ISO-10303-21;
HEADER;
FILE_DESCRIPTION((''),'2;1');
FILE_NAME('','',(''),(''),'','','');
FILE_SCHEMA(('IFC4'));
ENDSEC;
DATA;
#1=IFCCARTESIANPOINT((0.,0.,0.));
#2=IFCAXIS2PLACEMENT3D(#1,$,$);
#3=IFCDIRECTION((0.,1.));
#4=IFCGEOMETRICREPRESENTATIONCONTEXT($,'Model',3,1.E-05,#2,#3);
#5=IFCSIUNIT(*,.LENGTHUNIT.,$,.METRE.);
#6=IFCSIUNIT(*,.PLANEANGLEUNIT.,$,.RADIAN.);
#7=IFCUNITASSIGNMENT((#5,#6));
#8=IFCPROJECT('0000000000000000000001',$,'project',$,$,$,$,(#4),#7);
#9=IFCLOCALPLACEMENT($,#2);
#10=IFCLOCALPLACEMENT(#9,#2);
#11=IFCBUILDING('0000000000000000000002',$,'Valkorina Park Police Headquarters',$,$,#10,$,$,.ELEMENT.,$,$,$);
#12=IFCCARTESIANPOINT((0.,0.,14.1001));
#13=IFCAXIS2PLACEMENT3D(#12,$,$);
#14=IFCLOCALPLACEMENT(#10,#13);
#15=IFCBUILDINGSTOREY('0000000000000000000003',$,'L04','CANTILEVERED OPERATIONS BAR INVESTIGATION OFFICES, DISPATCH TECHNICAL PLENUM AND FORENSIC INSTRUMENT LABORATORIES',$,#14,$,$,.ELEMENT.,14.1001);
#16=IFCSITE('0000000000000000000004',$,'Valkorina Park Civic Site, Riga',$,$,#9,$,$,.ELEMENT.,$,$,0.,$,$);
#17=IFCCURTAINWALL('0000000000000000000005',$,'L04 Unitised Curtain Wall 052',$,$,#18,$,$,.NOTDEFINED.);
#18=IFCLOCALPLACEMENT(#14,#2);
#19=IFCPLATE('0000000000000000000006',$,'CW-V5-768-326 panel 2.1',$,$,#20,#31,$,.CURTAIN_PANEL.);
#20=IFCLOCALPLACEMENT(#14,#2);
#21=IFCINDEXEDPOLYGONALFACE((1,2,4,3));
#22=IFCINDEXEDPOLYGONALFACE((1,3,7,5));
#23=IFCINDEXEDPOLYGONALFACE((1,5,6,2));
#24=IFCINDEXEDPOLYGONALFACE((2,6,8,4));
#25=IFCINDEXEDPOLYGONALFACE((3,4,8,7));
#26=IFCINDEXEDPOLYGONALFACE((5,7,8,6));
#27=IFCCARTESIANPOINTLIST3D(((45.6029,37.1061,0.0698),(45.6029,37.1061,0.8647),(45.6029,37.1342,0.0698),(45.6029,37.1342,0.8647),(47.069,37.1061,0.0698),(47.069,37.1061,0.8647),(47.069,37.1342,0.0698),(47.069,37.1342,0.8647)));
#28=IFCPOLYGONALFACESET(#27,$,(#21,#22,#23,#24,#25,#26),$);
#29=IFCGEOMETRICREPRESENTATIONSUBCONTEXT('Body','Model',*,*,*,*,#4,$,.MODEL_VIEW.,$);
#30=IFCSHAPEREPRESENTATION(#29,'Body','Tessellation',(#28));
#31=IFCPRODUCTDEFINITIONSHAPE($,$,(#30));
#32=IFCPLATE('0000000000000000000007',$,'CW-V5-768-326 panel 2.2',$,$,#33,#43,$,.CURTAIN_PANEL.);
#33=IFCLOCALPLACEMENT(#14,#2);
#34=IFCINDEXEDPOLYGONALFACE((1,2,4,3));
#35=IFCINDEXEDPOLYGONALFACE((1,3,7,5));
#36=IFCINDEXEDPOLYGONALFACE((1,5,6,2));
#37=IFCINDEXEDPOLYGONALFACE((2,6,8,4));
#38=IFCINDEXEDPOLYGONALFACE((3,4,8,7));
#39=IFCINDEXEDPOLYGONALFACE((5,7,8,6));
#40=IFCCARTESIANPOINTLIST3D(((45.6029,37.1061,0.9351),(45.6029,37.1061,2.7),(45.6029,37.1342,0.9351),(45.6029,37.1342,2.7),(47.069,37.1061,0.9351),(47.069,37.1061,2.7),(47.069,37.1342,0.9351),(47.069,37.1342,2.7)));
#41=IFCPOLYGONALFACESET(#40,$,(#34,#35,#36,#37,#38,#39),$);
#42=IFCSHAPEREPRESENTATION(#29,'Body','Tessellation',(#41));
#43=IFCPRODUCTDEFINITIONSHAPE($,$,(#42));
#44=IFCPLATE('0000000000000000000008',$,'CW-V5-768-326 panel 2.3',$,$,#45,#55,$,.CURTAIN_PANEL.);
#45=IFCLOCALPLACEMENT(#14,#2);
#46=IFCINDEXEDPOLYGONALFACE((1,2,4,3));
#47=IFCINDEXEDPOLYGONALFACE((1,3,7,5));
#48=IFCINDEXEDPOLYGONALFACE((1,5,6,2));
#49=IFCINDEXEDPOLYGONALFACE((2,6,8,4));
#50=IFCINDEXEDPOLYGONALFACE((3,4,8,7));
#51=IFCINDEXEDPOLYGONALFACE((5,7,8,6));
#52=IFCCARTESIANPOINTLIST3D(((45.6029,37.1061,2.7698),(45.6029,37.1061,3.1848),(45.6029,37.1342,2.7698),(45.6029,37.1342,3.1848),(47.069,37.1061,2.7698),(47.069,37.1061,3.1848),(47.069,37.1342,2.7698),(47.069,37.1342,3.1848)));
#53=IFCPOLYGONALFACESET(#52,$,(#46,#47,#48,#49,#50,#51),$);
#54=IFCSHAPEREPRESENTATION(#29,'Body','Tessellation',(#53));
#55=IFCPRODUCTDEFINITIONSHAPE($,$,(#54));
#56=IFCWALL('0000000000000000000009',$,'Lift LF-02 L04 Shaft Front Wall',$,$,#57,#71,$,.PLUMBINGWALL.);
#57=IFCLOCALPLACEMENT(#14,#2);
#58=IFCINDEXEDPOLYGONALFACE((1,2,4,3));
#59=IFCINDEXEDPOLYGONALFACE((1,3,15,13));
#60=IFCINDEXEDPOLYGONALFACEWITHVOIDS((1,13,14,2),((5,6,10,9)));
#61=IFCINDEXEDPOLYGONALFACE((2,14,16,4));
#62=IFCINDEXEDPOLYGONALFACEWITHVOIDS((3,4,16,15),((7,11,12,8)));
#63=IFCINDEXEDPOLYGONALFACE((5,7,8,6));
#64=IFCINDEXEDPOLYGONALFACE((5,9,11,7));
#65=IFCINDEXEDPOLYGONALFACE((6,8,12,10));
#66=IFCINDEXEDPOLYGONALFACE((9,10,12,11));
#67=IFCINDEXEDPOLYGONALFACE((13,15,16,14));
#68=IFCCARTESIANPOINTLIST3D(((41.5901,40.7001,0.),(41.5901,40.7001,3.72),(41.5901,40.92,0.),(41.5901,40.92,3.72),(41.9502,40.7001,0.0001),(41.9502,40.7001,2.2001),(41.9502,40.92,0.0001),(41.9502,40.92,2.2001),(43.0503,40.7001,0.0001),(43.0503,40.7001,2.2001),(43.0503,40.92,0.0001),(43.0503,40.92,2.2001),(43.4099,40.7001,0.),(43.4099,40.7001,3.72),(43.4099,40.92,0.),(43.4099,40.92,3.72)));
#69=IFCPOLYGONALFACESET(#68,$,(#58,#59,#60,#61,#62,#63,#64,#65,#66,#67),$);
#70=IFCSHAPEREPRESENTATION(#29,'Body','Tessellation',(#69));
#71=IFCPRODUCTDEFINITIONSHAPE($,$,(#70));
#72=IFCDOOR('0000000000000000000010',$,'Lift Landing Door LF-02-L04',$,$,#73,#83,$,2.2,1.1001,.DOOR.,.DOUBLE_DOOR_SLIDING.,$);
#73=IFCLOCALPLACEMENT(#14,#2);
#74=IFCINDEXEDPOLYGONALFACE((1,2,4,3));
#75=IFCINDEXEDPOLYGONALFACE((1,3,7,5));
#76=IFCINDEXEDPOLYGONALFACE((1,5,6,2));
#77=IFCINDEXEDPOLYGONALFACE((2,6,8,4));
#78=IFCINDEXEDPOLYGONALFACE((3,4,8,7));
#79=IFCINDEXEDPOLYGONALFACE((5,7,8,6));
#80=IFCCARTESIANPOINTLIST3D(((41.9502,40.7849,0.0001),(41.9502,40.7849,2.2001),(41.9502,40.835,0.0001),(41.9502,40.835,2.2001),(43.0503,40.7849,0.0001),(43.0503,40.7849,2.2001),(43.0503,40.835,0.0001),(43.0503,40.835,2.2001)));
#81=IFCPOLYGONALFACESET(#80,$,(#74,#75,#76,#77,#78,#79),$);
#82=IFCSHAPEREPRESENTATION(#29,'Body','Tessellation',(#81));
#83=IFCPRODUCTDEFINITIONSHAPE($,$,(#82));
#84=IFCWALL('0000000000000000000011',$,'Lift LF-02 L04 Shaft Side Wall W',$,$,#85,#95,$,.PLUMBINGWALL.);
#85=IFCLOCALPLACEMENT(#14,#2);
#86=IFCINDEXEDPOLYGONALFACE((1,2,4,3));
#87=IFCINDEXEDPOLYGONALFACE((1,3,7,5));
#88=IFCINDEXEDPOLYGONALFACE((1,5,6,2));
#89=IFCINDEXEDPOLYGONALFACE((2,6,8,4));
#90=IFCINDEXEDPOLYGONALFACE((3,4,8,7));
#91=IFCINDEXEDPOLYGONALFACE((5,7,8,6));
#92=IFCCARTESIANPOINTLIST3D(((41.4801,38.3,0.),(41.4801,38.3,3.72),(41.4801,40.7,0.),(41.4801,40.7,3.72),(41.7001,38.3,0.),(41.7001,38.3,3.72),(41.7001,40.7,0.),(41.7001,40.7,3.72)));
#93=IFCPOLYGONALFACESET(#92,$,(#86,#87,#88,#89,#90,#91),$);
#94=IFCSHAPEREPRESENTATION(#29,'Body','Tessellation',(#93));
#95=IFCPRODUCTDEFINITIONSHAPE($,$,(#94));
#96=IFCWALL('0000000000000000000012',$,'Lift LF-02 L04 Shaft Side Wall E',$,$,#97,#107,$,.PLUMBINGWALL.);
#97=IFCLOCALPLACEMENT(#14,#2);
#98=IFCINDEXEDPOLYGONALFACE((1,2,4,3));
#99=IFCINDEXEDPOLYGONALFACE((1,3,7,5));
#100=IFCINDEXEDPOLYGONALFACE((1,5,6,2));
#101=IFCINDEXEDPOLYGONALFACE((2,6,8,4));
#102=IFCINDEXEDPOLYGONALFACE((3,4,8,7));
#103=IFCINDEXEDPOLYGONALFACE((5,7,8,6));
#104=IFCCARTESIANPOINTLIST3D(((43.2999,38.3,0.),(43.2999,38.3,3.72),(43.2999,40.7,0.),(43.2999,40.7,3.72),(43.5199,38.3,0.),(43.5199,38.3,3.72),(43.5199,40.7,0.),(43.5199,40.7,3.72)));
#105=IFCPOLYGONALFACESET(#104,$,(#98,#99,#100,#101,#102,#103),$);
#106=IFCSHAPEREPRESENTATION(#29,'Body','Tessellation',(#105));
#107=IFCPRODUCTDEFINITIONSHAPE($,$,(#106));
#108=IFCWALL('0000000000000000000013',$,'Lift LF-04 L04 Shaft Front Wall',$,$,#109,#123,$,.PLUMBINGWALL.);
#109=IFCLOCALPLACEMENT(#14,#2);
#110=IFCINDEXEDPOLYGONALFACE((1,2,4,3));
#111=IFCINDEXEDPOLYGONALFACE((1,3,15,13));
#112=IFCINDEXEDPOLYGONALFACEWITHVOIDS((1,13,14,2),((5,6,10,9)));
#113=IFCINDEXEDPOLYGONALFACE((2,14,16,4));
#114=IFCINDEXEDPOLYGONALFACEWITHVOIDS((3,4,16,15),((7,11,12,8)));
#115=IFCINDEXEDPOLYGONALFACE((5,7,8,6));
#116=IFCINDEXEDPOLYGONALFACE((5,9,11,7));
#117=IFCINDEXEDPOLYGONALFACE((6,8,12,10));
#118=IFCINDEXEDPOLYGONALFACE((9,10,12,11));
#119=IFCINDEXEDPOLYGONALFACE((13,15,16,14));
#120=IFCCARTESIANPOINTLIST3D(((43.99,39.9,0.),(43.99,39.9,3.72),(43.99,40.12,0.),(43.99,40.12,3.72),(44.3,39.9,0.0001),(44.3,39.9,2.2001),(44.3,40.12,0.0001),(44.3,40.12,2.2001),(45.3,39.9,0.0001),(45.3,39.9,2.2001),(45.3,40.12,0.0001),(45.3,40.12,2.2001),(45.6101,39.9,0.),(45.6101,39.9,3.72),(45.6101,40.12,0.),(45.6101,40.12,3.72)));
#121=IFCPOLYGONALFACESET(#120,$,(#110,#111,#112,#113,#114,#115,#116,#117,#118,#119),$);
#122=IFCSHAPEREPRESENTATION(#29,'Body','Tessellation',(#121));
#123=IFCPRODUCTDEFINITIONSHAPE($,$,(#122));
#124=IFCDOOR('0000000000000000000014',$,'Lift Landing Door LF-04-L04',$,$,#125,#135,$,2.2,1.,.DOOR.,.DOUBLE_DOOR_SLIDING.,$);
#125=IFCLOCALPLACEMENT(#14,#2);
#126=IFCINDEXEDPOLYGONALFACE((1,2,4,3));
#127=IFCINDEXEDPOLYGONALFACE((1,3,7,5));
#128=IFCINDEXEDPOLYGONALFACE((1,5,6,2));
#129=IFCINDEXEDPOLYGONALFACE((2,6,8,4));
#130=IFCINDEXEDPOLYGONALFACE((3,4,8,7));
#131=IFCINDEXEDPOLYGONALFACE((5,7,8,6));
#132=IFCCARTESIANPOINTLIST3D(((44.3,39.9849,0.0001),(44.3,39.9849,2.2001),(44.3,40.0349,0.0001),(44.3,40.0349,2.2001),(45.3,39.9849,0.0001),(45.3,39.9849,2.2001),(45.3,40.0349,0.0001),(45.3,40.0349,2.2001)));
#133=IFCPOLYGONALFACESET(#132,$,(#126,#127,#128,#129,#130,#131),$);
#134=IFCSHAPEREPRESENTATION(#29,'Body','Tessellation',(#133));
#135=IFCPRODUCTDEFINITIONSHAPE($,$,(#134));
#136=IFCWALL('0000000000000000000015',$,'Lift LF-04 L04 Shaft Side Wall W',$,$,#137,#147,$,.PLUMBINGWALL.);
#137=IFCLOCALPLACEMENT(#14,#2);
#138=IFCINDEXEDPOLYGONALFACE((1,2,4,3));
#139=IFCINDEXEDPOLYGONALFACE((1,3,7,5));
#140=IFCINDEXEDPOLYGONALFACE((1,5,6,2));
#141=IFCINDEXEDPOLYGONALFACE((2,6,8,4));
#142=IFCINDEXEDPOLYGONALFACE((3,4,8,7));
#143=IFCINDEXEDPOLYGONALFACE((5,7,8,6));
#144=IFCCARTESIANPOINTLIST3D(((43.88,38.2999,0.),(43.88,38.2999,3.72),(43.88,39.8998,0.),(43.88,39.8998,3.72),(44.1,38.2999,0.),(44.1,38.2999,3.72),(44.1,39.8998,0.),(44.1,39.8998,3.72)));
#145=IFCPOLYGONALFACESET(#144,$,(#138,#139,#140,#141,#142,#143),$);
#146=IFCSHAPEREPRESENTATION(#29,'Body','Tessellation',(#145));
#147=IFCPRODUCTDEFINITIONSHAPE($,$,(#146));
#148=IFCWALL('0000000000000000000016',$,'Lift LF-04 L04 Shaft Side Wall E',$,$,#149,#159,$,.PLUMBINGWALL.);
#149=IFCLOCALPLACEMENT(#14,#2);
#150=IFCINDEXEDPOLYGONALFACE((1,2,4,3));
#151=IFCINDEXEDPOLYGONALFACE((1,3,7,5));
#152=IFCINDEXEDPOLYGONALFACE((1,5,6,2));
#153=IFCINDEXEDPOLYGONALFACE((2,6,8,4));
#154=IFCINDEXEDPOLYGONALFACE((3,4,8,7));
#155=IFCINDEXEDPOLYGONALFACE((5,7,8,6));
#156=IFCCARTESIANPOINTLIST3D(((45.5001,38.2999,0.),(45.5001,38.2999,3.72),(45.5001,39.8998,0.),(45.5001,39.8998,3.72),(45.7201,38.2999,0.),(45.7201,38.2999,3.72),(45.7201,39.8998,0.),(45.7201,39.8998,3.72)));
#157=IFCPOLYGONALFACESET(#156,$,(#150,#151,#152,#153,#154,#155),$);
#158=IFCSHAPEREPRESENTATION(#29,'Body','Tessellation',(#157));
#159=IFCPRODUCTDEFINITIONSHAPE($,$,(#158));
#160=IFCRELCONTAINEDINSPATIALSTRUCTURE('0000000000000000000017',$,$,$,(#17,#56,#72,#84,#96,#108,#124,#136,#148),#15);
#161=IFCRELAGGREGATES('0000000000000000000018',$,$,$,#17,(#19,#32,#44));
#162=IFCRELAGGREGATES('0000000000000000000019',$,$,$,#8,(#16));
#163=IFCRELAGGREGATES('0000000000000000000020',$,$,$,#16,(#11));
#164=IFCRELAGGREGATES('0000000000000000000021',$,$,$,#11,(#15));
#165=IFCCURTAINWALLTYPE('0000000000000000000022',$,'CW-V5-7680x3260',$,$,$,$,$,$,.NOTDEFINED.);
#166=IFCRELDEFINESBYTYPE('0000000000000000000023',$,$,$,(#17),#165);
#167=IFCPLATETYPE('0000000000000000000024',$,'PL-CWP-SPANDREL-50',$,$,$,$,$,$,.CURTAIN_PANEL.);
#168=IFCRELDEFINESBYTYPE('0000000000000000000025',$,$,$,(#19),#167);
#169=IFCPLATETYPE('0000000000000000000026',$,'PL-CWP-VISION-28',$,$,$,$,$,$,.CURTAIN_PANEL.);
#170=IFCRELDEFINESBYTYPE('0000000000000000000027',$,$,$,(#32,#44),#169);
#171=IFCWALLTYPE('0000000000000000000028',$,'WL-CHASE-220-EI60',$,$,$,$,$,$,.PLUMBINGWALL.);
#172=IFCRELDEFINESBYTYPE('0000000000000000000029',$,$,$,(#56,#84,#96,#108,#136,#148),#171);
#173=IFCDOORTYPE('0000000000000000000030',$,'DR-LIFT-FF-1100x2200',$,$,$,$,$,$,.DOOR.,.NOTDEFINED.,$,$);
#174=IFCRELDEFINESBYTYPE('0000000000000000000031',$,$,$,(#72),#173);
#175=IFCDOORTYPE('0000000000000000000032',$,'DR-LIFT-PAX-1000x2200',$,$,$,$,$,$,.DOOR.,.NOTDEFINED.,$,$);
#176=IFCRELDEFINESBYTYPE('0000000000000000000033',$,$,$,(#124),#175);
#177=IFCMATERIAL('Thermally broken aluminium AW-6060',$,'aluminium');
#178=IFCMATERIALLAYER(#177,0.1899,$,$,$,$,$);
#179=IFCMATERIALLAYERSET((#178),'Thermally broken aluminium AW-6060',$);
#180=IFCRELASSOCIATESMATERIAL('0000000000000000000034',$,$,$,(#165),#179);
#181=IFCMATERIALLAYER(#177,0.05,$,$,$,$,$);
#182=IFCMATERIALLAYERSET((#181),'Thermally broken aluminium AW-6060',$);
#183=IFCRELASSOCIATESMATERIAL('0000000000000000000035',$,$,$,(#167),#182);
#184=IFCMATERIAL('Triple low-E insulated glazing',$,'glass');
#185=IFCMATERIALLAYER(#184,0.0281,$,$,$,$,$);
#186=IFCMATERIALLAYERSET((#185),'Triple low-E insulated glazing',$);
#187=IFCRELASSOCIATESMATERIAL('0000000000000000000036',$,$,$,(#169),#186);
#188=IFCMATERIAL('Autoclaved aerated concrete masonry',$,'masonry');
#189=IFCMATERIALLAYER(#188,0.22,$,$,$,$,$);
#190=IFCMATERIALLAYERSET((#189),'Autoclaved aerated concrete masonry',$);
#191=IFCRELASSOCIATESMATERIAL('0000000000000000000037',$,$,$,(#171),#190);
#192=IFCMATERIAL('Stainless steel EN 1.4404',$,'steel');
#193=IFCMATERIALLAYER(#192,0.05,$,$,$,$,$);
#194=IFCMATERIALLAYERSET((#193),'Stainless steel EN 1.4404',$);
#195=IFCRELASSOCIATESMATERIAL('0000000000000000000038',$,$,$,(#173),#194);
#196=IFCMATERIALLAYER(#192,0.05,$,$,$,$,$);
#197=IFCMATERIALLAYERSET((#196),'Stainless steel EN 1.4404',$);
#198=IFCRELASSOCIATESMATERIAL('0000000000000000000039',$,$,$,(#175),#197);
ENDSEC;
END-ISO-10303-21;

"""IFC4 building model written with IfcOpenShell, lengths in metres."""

from ifc_helpers import new_model, si_unit, direction, frame, frame_2d, origin, origin_2d, place, context, subcontext, project, spatial, rectangle, extrude, material, layer, layer_set, type_object, element, fill, aggregate, save


model = new_model("IFC4")

# Units and contexts
model_context = context("Model", 3, precision=1e-05, world=origin(), true_north=direction((0.0, 1.0)))
body_context = subcontext(model_context, "Body", "Model", "MODEL_VIEW")
ifc_project = project(units=[si_unit("LENGTHUNIT", "METRE"), si_unit("PLANEANGLEUNIT", "RADIAN")], contexts=[model_context])

# Site, building, storey
site_placement = place(None, origin())
site = spatial("IfcSite", under=ifc_project, at=site_placement, Name="Valkorina Park Civic Site, Riga", CompositionType="ELEMENT", RefElevation=0.0)
building_placement = place(site_placement, origin())
building = spatial("IfcBuilding", under=site, at=building_placement, Name="Valkorina Park Police Headquarters", CompositionType="ELEMENT")
storey_placement = place(building_placement, frame((0.0, 0.0, 14.1001)))
storey = spatial("IfcBuildingStorey", under=building, at=storey_placement, Name="L04", Description="CANTILEVERED OPERATIONS BAR INVESTIGATION OFFICES, DISPATCH TECHNICAL PLENUM AND FORENSIC INSTRUMENT LABORATORIES", CompositionType="ELEMENT", Elevation=14.1001)

# Curtain wall, plates
ifc_material_1 = material(Name="Thermally broken aluminium AW-6060", Category="aluminium")
ifc_layer_1 = layer(ifc_material_1, 0.1899)
ifc_layer_set_1 = layer_set([ifc_layer_1], Name="Thermally broken aluminium AW-6060")
curtain_wall_type = type_object("IfcCurtainWallType", Name="CW-V5-7680x3260", PredefinedType="NOTDEFINED", material=ifc_layer_set_1)
curtain_wall_placement = place(storey_placement, origin())
curtain_wall = element("IfcCurtainWall", 1, at=curtain_wall_placement, inside=storey, type_object=curtain_wall_type, Name="L04 Unitised Curtain Wall 052", PredefinedType="NOTDEFINED")
ifc_layer_2 = layer(ifc_material_1, 0.05)
ifc_layer_set_2 = layer_set([ifc_layer_2], Name="Thermally broken aluminium AW-6060")
plate_type_1 = type_object("IfcPlateType", Name="PL-CWP-SPANDREL-50", PredefinedType="CURTAIN_PANEL", material=ifc_layer_set_2)
plate_1_placement = place(storey_placement, frame((46.3359, 37.1201, 0.0698), z_axis=(0.0, 0.0, 1.0), x_axis=(-1.0, 0.0, 0.0)))
plate_1 = element("IfcPlate", 2, at=plate_1_placement, type_object=plate_type_1, Name="CW-V5-768-326 panel 2.1", PredefinedType="CURTAIN_PANEL", context=body_context, shape_type="SweptSolid", body=[
    extrude(rectangle(XDim=1.4661, YDim=0.0281, at=origin_2d()), origin(), (0.0, 0.0, 1.0), 0.7949),
])
ifc_material_2 = material(Name="Triple low-E insulated glazing", Category="glass")
ifc_layer_3 = layer(ifc_material_2, 0.0281)
ifc_layer_set_3 = layer_set([ifc_layer_3], Name="Triple low-E insulated glazing")
plate_type_2 = type_object("IfcPlateType", Name="PL-CWP-VISION-28", PredefinedType="CURTAIN_PANEL", material=ifc_layer_set_3)
plate_2_placement = place(storey_placement, frame((46.3359, 37.1201, 0.9351), z_axis=(0.0, 0.0, 1.0), x_axis=(-1.0, 0.0, 0.0)))
plate_2 = element("IfcPlate", 3, at=plate_2_placement, type_object=plate_type_2, Name="CW-V5-768-326 panel 2.2", PredefinedType="CURTAIN_PANEL", context=body_context, shape_type="SweptSolid", body=[
    extrude(rectangle(XDim=1.4661, YDim=0.0281, at=origin_2d()), origin(), (0.0, 0.0, 1.0), 1.7649),
])
plate_3_placement = place(storey_placement, frame((46.3359, 37.1201, 2.7698), z_axis=(0.0, 0.0, 1.0), x_axis=(-1.0, 0.0, 0.0)))
plate_3 = element("IfcPlate", 4, at=plate_3_placement, type_object=plate_type_2, Name="CW-V5-768-326 panel 2.3", PredefinedType="CURTAIN_PANEL", context=body_context, shape_type="SweptSolid", body=[
    extrude(rectangle(XDim=1.4661, YDim=0.0281, at=origin_2d()), origin(), (0.0, 0.0, 1.0), 0.415),
])
aggregate(curtain_wall, [plate_1, plate_2, plate_3])

# Wall, opening, door
ifc_material_3 = material(Name="Autoclaved aerated concrete masonry", Category="masonry")
ifc_layer_4 = layer(ifc_material_3, 0.22)
ifc_layer_set_4 = layer_set([ifc_layer_4], Name="Autoclaved aerated concrete masonry")
wall_type_1 = type_object("IfcWallType", Name="WL-CHASE-220-EI60", PredefinedType="PLUMBINGWALL", material=ifc_layer_set_4)
wall_1_placement = place(storey_placement, frame((41.5901, 40.8101, 0.0), z_axis=(0.0, 0.0, 1.0), x_axis=(1.0, 0.0, 0.0)))
wall_1 = element("IfcWall", 5, at=wall_1_placement, inside=storey, type_object=wall_type_1, Name="Lift LF-02 L04 Shaft Front Wall", PredefinedType="PLUMBINGWALL", context=body_context, shape_type="SweptSolid", body=[
    extrude(rectangle(XDim=1.8198, YDim=0.22, at=frame_2d((0.9099, 0.0))), origin(), (0.0, 0.0, 1.0), 3.72),
])
opening_1_placement = place(wall_1_placement, frame((0.3601, 0.0, 0.0)))
opening_1 = element("IfcOpeningElement", 6, at=opening_1_placement, cuts=wall_1, PredefinedType="OPENING", context=body_context, shape_type="SweptSolid", body=[
    extrude(rectangle(XDim=1.1001, YDim=2.2, at=frame_2d((0.55, 1.1001))), frame((0.0, 0.1201, 0.0), z_axis=(0.0, -1.0, 0.0), x_axis=(1.0, 0.0, 0.0)), (0.0, 0.0, 1.0), 0.24),
])
ifc_material_4 = material(Name="Stainless steel EN 1.4404", Category="steel")
ifc_layer_5 = layer(ifc_material_4, 0.05)
ifc_layer_set_5 = layer_set([ifc_layer_5], Name="Stainless steel EN 1.4404")
door_type_1 = type_object("IfcDoorType", Name="DR-LIFT-FF-1100x2200", OperationType="NOTDEFINED", PredefinedType="DOOR", material=ifc_layer_set_5)
door_1_placement = place(opening_1_placement, origin())
door_1 = element("IfcDoor", 7, at=door_1_placement, inside=storey, type_object=door_type_1, Name="Lift Landing Door LF-02-L04", OperationType="DOUBLE_DOOR_SLIDING", OverallHeight=2.2, OverallWidth=1.1001, PredefinedType="DOOR", context=body_context, shape_type="SweptSolid", body=[
    extrude(rectangle(XDim=1.1001, YDim=2.2, at=frame_2d((0.55, 1.1001))), frame((0.0, 0.0249, 0.0), z_axis=(0.0, -1.0, 0.0), x_axis=(1.0, 0.0, 0.0)), (0.0, 0.0, 1.0), 0.05),
])
fill(opening_1, door_1)

# Walls
for number, where, z_axis, x_axis, name in (
    (8, (41.5901, 38.3, 0.0), (0.0, 0.0, 1.0), (0.0, 1.0, 0.0), "Lift LF-02 L04 Shaft Side Wall W"),
    (9, (43.4099, 38.3, 0.0), (0.0, 0.0, 1.0), (0.0, 1.0, 0.0), "Lift LF-02 L04 Shaft Side Wall E"),
):
    element("IfcWall", number, at=place(storey_placement, frame(where, z_axis=z_axis, x_axis=x_axis)), inside=storey, type_object=wall_type_1, Name=name, PredefinedType="PLUMBINGWALL", context=body_context, shape_type="SweptSolid", body=[
        extrude(rectangle(XDim=2.3999, YDim=0.22, at=frame_2d((1.2, 0.0))), origin(), (0.0, 0.0, 1.0), 3.72),
    ])

# Wall, opening, door
wall_2_placement = place(storey_placement, frame((43.99, 40.01, 0.0), z_axis=(0.0, 0.0, 1.0), x_axis=(1.0, 0.0, 0.0)))
wall_2 = element("IfcWall", 10, at=wall_2_placement, inside=storey, type_object=wall_type_1, Name="Lift LF-04 L04 Shaft Front Wall", PredefinedType="PLUMBINGWALL", context=body_context, shape_type="SweptSolid", body=[
    extrude(rectangle(XDim=1.6201, YDim=0.22, at=frame_2d((0.8101, 0.0))), origin(), (0.0, 0.0, 1.0), 3.72),
])
opening_2_placement = place(wall_2_placement, frame((0.3101, 0.0, 0.0)))
opening_2 = element("IfcOpeningElement", 11, at=opening_2_placement, cuts=wall_2, PredefinedType="OPENING", context=body_context, shape_type="SweptSolid", body=[
    extrude(rectangle(XDim=1.0, YDim=2.2, at=frame_2d((0.5, 1.1001))), frame((0.0, 0.1201, 0.0), z_axis=(0.0, -1.0, 0.0), x_axis=(1.0, 0.0, 0.0)), (0.0, 0.0, 1.0), 0.24),
])
ifc_layer_6 = layer(ifc_material_4, 0.05)
ifc_layer_set_6 = layer_set([ifc_layer_6], Name="Stainless steel EN 1.4404")
door_type_2 = type_object("IfcDoorType", Name="DR-LIFT-PAX-1000x2200", OperationType="NOTDEFINED", PredefinedType="DOOR", material=ifc_layer_set_6)
door_2_placement = place(opening_2_placement, origin())
door_2 = element("IfcDoor", 12, at=door_2_placement, inside=storey, type_object=door_type_2, Name="Lift Landing Door LF-04-L04", OperationType="DOUBLE_DOOR_SLIDING", OverallHeight=2.2, OverallWidth=1.0, PredefinedType="DOOR", context=body_context, shape_type="SweptSolid", body=[
    extrude(rectangle(XDim=1.0, YDim=2.2, at=frame_2d((0.5, 1.1001))), frame((0.0, 0.0249, 0.0), z_axis=(0.0, -1.0, 0.0), x_axis=(1.0, 0.0, 0.0)), (0.0, 0.0, 1.0), 0.05),
])
fill(opening_2, door_2)

# Walls
for number, where, z_axis, x_axis, name in (
    (13, (43.99, 38.3, 0.0), (0.0, 0.0, 1.0), (0.0, 1.0, 0.0), "Lift LF-04 L04 Shaft Side Wall W"),
    (14, (45.6101, 38.3, 0.0), (0.0, 0.0, 1.0), (0.0, 1.0, 0.0), "Lift LF-04 L04 Shaft Side Wall E"),
):
    element("IfcWall", number, at=place(storey_placement, frame(where, z_axis=z_axis, x_axis=x_axis)), inside=storey, type_object=wall_type_1, Name=name, PredefinedType="PLUMBINGWALL", context=body_context, shape_type="SweptSolid", body=[
        extrude(rectangle(XDim=1.5999, YDim=0.22, at=frame_2d((0.7998, 0.0))), origin(), (0.0, 0.0, 1.0), 3.72),
    ])

save(model, "model.ifc")
